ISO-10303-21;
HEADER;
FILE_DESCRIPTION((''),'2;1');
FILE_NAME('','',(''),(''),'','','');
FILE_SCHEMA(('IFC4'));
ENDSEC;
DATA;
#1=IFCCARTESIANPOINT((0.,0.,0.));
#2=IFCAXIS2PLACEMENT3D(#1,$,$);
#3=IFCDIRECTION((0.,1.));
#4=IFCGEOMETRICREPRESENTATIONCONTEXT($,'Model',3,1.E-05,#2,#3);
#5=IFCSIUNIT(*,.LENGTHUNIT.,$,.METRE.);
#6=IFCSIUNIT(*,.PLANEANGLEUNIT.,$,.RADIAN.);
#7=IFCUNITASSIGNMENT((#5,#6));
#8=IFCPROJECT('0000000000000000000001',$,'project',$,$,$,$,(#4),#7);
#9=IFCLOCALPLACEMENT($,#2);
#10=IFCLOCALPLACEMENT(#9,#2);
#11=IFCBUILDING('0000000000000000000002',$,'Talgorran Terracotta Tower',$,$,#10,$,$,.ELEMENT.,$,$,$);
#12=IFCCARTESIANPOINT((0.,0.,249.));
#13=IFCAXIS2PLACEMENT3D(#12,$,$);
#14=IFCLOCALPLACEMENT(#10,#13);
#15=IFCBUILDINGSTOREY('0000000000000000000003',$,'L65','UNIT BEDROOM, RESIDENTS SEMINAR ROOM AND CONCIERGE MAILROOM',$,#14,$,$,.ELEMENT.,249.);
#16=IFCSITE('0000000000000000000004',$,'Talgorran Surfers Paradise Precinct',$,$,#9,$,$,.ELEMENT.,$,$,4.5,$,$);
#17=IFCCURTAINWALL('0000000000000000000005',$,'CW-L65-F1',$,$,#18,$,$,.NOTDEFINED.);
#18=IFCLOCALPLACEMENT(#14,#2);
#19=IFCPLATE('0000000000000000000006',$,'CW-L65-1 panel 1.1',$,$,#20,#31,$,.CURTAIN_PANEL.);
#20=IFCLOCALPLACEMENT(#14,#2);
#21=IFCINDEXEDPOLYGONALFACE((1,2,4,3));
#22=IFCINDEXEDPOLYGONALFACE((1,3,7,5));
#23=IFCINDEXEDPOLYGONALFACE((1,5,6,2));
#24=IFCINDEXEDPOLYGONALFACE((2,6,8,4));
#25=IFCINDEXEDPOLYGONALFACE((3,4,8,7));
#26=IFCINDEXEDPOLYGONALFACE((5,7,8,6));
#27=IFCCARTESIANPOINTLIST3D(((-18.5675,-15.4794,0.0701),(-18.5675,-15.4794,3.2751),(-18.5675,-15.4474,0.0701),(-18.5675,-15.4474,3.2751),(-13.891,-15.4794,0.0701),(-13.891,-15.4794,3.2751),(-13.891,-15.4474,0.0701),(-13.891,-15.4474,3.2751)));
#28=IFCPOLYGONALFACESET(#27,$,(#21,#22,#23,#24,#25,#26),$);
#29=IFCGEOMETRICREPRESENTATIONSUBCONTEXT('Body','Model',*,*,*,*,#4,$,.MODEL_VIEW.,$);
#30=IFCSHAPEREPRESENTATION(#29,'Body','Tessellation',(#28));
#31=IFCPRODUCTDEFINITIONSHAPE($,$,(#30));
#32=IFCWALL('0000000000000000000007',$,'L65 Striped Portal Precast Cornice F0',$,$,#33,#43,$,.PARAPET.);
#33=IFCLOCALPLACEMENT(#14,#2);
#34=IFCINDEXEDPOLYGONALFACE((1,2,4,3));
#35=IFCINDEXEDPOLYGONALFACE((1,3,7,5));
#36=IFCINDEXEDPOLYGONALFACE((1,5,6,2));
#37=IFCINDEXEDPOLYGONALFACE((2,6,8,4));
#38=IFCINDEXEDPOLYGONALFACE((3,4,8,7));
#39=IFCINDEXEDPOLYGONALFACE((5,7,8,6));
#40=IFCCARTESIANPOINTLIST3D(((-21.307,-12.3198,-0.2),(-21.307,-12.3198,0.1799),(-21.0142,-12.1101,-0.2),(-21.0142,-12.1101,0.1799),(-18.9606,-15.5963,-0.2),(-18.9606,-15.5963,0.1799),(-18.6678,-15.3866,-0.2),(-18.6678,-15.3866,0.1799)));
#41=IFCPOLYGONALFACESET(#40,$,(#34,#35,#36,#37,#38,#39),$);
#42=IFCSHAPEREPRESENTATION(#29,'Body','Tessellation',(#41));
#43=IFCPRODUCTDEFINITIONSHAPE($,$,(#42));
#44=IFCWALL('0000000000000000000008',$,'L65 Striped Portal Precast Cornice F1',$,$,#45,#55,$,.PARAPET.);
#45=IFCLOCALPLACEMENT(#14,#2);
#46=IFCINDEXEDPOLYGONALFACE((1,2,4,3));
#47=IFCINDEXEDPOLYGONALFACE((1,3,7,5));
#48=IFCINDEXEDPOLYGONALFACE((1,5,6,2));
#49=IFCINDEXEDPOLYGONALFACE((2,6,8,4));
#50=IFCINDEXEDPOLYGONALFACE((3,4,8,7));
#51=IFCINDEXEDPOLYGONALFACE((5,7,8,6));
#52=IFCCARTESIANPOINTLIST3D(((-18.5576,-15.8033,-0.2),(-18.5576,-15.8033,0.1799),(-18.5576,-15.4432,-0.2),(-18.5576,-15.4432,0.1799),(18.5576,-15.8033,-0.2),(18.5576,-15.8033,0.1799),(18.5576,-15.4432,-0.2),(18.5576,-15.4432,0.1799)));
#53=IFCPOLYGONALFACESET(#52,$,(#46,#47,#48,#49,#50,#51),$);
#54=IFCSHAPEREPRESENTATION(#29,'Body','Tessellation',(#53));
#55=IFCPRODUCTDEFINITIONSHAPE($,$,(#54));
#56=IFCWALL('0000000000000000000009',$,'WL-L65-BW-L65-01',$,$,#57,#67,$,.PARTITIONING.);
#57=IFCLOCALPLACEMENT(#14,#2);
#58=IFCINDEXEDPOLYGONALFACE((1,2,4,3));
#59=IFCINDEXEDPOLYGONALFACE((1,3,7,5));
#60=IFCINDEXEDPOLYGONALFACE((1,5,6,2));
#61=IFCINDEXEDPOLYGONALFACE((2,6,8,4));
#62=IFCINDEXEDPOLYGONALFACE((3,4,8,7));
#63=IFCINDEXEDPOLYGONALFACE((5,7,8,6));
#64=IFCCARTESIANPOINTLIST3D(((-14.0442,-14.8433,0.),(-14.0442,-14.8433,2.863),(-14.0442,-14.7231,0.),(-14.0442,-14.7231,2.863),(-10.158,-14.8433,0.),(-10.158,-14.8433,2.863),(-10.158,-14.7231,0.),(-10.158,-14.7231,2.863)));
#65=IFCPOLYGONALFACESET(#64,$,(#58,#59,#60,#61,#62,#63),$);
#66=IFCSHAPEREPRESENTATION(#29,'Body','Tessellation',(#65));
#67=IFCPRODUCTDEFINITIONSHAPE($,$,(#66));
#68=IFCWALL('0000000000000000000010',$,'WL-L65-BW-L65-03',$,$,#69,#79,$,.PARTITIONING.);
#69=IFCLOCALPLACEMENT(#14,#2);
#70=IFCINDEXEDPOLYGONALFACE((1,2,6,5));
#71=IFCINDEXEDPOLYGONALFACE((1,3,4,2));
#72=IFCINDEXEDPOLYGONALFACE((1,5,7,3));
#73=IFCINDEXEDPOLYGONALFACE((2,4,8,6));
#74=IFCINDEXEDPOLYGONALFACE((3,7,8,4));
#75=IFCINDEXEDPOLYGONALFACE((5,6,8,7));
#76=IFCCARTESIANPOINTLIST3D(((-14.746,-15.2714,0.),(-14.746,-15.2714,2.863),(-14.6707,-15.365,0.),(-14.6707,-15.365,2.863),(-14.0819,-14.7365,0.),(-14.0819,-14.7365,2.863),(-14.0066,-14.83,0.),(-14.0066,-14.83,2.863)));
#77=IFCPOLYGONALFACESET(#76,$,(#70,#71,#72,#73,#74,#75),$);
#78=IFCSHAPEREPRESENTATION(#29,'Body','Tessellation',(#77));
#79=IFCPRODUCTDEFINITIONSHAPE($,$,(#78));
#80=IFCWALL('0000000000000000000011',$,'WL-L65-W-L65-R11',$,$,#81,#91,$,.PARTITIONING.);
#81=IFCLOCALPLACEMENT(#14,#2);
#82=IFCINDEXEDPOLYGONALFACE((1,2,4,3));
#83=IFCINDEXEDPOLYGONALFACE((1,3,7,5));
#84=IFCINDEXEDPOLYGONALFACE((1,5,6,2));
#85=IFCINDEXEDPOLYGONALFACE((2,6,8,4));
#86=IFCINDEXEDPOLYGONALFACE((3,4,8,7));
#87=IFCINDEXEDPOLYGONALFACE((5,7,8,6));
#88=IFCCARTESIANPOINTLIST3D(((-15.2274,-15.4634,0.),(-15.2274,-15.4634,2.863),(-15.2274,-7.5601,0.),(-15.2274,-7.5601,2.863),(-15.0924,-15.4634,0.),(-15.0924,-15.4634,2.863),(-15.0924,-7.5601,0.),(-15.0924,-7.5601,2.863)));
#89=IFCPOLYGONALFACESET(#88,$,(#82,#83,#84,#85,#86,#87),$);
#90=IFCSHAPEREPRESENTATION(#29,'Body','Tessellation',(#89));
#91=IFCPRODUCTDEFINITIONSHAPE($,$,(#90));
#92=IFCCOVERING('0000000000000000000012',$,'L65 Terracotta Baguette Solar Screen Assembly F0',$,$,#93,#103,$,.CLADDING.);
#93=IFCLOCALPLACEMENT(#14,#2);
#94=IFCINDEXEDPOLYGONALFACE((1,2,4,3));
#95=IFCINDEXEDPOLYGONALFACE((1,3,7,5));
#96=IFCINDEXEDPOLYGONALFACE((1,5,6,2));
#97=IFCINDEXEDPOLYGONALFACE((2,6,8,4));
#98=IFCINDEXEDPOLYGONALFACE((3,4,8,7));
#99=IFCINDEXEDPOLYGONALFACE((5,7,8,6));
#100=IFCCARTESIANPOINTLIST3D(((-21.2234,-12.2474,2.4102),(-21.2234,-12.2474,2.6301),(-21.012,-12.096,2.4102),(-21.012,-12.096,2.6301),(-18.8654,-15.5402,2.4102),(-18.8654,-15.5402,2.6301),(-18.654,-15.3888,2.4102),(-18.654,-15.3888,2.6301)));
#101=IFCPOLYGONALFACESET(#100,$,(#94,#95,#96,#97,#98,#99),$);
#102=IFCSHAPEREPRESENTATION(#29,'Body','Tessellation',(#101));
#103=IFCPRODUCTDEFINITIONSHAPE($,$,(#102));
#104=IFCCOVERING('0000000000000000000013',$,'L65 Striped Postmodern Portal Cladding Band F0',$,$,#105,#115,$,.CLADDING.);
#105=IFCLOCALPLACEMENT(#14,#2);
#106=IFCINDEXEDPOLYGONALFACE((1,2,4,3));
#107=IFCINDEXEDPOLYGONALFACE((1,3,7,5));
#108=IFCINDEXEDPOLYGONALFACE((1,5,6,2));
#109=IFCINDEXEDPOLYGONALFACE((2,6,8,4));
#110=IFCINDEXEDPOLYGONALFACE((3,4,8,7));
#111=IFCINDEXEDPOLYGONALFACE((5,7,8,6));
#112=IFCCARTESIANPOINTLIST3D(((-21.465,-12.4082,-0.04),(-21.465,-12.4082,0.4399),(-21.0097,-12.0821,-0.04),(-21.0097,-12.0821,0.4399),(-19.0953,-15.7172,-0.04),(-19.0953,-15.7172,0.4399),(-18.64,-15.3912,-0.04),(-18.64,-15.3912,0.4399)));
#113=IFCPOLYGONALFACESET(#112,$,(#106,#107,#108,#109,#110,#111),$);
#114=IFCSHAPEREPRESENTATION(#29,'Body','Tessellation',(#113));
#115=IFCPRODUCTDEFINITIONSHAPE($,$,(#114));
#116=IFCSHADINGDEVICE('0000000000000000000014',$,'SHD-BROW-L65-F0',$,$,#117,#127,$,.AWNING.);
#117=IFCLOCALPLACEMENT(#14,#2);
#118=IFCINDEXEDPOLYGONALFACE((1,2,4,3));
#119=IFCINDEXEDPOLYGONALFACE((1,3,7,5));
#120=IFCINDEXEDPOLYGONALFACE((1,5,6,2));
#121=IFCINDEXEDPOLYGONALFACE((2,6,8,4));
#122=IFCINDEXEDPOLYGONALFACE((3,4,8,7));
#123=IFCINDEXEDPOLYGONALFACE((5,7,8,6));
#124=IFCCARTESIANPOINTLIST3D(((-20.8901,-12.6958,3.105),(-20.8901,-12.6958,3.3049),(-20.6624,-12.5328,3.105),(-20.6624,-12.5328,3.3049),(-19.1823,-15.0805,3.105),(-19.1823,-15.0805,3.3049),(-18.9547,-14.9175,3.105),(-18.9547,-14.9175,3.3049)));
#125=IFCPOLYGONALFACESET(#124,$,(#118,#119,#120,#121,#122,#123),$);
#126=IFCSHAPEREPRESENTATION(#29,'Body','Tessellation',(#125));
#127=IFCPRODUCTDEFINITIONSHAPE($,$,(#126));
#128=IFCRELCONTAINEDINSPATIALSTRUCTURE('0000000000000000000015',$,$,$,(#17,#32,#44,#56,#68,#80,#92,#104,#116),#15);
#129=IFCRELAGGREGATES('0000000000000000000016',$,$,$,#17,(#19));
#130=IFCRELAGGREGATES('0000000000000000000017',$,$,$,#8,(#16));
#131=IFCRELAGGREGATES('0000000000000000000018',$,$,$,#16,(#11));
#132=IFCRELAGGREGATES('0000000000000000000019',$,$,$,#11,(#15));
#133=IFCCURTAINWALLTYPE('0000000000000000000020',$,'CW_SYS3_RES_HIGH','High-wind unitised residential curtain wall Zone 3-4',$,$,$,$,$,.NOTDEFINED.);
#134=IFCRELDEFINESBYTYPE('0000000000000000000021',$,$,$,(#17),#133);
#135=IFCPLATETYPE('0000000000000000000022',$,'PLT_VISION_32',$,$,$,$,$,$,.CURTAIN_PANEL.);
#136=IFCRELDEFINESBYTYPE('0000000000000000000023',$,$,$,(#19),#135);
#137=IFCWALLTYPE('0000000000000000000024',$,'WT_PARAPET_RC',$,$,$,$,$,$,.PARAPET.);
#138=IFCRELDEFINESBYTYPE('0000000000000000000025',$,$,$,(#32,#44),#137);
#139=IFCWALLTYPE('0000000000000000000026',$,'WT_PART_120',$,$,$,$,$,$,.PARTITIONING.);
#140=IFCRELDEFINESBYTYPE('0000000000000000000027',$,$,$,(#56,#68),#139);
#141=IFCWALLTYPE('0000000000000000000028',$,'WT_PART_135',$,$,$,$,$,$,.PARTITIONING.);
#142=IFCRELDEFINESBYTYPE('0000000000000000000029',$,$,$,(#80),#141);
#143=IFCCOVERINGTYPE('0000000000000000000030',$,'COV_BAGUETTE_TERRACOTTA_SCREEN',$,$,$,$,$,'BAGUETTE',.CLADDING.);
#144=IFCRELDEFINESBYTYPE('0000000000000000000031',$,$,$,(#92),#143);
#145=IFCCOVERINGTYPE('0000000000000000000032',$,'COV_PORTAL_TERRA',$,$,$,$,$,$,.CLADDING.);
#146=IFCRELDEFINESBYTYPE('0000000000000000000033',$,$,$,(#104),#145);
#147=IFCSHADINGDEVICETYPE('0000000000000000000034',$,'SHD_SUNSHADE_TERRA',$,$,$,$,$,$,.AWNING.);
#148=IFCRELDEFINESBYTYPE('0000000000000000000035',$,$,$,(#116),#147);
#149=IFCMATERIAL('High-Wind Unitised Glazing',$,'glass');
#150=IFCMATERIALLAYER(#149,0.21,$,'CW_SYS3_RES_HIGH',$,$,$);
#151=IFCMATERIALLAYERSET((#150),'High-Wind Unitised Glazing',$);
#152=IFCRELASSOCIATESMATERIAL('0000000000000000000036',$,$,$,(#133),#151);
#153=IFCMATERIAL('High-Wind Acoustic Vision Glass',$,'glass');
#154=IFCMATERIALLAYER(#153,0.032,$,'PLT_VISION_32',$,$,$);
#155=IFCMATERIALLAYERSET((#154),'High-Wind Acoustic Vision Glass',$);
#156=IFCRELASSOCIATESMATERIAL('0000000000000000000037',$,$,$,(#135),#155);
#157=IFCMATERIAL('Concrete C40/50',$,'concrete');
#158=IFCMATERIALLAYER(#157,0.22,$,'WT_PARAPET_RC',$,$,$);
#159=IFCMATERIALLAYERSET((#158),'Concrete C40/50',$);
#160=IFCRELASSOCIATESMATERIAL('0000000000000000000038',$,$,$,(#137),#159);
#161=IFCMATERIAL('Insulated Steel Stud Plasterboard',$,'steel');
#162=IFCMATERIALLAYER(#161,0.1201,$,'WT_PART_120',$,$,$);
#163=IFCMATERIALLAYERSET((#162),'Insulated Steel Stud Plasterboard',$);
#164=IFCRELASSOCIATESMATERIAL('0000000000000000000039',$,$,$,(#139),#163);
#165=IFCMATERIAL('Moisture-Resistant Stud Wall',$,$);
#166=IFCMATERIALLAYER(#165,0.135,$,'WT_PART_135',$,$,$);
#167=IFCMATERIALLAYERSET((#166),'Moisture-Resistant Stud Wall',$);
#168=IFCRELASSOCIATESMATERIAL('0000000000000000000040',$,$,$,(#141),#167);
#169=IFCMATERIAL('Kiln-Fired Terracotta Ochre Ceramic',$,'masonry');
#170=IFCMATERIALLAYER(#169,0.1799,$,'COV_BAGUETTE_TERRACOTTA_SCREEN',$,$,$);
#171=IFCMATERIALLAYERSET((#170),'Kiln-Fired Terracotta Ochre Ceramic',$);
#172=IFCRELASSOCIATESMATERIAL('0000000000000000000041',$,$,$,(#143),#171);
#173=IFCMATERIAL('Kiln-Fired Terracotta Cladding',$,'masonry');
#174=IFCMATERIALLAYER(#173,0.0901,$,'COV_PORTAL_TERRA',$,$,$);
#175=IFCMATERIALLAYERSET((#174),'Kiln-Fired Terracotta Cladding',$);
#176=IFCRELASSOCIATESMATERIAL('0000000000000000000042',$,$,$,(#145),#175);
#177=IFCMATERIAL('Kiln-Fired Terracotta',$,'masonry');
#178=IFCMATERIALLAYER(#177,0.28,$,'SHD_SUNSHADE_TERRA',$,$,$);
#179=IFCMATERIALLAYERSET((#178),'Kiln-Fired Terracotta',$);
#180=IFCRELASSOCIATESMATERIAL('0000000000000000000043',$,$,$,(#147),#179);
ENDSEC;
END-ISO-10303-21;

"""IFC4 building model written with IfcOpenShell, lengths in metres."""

from ifc_helpers import new_model, si_unit, direction, frame, frame_2d, origin, origin_2d, place, context, subcontext, project, spatial, rectangle, extrude, source, transform, mapped, material, layer, layer_set, type_object, type_shapes, element, aggregate, save


model = new_model("IFC4")

# Units and contexts
model_context = context("Model", 3, precision=1e-05, world=origin(), true_north=direction((0.0, 1.0)))
body_context = subcontext(model_context, "Body", "Model", "MODEL_VIEW")
ifc_project = project(units=[si_unit("LENGTHUNIT", "METRE"), si_unit("PLANEANGLEUNIT", "RADIAN")], contexts=[model_context])

# Site, building, storey
site_placement = place(None, origin())
site = spatial("IfcSite", under=ifc_project, at=site_placement, Name="Talgorran Surfers Paradise Precinct", CompositionType="ELEMENT", RefElevation=4.5)
building_placement = place(site_placement, origin())
building = spatial("IfcBuilding", under=site, at=building_placement, Name="Talgorran Terracotta Tower", CompositionType="ELEMENT")
storey_placement = place(building_placement, frame((0.0, 0.0, 249.0)))
storey = spatial("IfcBuildingStorey", under=building, at=storey_placement, Name="L65", Description="UNIT BEDROOM, RESIDENTS SEMINAR ROOM AND CONCIERGE MAILROOM", CompositionType="ELEMENT", Elevation=249.0)

# Shared definitions
ifc_material_1 = material(Name="High-Wind Unitised Glazing", Category="glass")
ifc_layer_1 = layer(ifc_material_1, 0.21, Name="CW_SYS3_RES_HIGH")
ifc_layer_set_1 = layer_set([ifc_layer_1], Name="High-Wind Unitised Glazing")
curtain_wall_type = type_object("IfcCurtainWallType", Name="CW_SYS3_RES_HIGH", Description="High-wind unitised residential curtain wall Zone 3-4", PredefinedType="NOTDEFINED", material=ifc_layer_set_1)

# Curtain wall
curtain_wall_1_placement = place(storey_placement, origin())
curtain_wall_1 = element("IfcCurtainWall", 1, at=curtain_wall_1_placement, inside=storey, type_object=curtain_wall_type, Name="CW-L65-F1", PredefinedType="NOTDEFINED")

# Plate
ifc_material_2 = material(Name="High-Wind Acoustic Vision Glass", Category="glass")
ifc_layer_2 = layer(ifc_material_2, 0.032, Name="PLT_VISION_32")
ifc_layer_set_2 = layer_set([ifc_layer_2], Name="High-Wind Acoustic Vision Glass")
plate_type = type_object("IfcPlateType", Name="PLT_VISION_32", PredefinedType="CURTAIN_PANEL", material=ifc_layer_set_2)
shared_shape_1 = source(origin(), body_context, "Body", "SweptSolid", [
    extrude(rectangle(XDim=4.6765, YDim=0.032, at=origin_2d()), origin(), (0.0, 0.0, 1.0), 3.2051),
])
plate_1_placement = place(storey_placement, frame((-16.2292, -15.4634, 0.0701), z_axis=(0.0, 0.0, 1.0), x_axis=(1.0, 0.0, 0.0)))
plate_1 = element("IfcPlate", 2, at=plate_1_placement, type_object=plate_type, Name="CW-L65-1 panel 1.1", PredefinedType="CURTAIN_PANEL", context=body_context, shape_type="MappedRepresentation", body=[
    mapped(shared_shape_1, transform((0.0, 0.0, 0.0), scale=1.0)),
])
aggregate(curtain_wall_1, [plate_1])

# Walls
ifc_material_3 = material(Name="Concrete C40/50", Category="concrete")
ifc_layer_3 = layer(ifc_material_3, 0.22, Name="WT_PARAPET_RC")
ifc_layer_set_3 = layer_set([ifc_layer_3], Name="Concrete C40/50")
wall_type_1 = type_object("IfcWallType", Name="WT_PARAPET_RC", PredefinedType="PARAPET", material=ifc_layer_set_3)
wall_1_placement = place(storey_placement, frame((-21.1606, -12.2148, -0.2), z_axis=(0.0, 0.0, 1.0), x_axis=(0.582223, -0.813029, 0.0)))
element("IfcWall", 3, at=wall_1_placement, inside=storey, type_object=wall_type_1, Name="L65 Striped Portal Precast Cornice F0", PredefinedType="PARAPET", context=body_context, shape_type="SweptSolid", body=[
    extrude(rectangle(XDim=4.03, YDim=0.3601, at=frame_2d((2.0151, 0.0))), origin(), (0.0, 0.0, 1.0), 0.3799),
])
wall_2_placement = place(storey_placement, frame((-18.5576, -15.6233, -0.2), z_axis=(0.0, 0.0, 1.0), x_axis=(1.0, 0.0, 0.0)))
element("IfcWall", 4, at=wall_2_placement, inside=storey, type_object=wall_type_1, Name="L65 Striped Portal Precast Cornice F1", PredefinedType="PARAPET", context=body_context, shape_type="SweptSolid", body=[
    extrude(rectangle(XDim=37.1152, YDim=0.3601, at=frame_2d((18.5576, 0.0))), origin(), (0.0, 0.0, 1.0), 0.3799),
])
ifc_material_4 = material(Name="Insulated Steel Stud Plasterboard", Category="steel")
ifc_layer_4 = layer(ifc_material_4, 0.1201, Name="WT_PART_120")
ifc_layer_set_4 = layer_set([ifc_layer_4], Name="Insulated Steel Stud Plasterboard")
wall_type_2 = type_object("IfcWallType", Name="WT_PART_120", PredefinedType="PARTITIONING", material=ifc_layer_set_4)
wall_3_placement = place(storey_placement, frame((-14.0442, -14.7832, 0.0), z_axis=(0.0, 0.0, 1.0), x_axis=(1.0, 0.0, 0.0)))
element("IfcWall", 5, at=wall_3_placement, inside=storey, type_object=wall_type_2, Name="WL-L65-BW-L65-01", PredefinedType="PARTITIONING", context=body_context, shape_type="SweptSolid", body=[
    extrude(rectangle(XDim=3.8862, YDim=0.1201, at=frame_2d((1.9431, 0.0))), origin(), (0.0, 0.0, 1.0), 2.863),
])
wall_4_placement = place(storey_placement, frame((-14.7083, -15.3181, 0.0), z_axis=(0.0, 0.0, 1.0), x_axis=(0.778769, 0.62731, 0.0)))
element("IfcWall", 6, at=wall_4_placement, inside=storey, type_object=wall_type_2, Name="WL-L65-BW-L65-03", PredefinedType="PARTITIONING", context=body_context, shape_type="SweptSolid", body=[
    extrude(rectangle(XDim=0.8528, YDim=0.1201, at=frame_2d((0.4263, 0.0))), origin(), (0.0, 0.0, 1.0), 2.863),
])
ifc_material_5 = material(Name="Moisture-Resistant Stud Wall")
ifc_layer_5 = layer(ifc_material_5, 0.135, Name="WT_PART_135")
ifc_layer_set_5 = layer_set([ifc_layer_5], Name="Moisture-Resistant Stud Wall")
wall_type_3 = type_object("IfcWallType", Name="WT_PART_135", PredefinedType="PARTITIONING", material=ifc_layer_set_5)
wall_5_placement = place(storey_placement, frame((-15.1599, -15.4634, 0.0), z_axis=(0.0, 0.0, 1.0), x_axis=(0.0, 1.0, 0.0)))
element("IfcWall", 7, at=wall_5_placement, inside=storey, type_object=wall_type_3, Name="WL-L65-W-L65-R11", PredefinedType="PARTITIONING", context=body_context, shape_type="SweptSolid", body=[
    extrude(rectangle(XDim=7.9033, YDim=0.135, at=frame_2d((3.9517, 0.0))), origin(), (0.0, 0.0, 1.0), 2.863),
])

# Coverings
ifc_material_6 = material(Name="Kiln-Fired Terracotta Ochre Ceramic", Category="masonry")
ifc_layer_6 = layer(ifc_material_6, 0.1799, Name="COV_BAGUETTE_TERRACOTTA_SCREEN")
ifc_layer_set_6 = layer_set([ifc_layer_6], Name="Kiln-Fired Terracotta Ochre Ceramic")
covering_type_1 = type_object("IfcCoveringType", Name="COV_BAGUETTE_TERRACOTTA_SCREEN", ElementType="BAGUETTE", PredefinedType="CLADDING", material=ifc_layer_set_6)
covering_1_placement = place(storey_placement, frame((-19.9387, -13.8181, 2.4102), z_axis=(0.0, 0.0, 1.0), x_axis=(0.582222, -0.81303, 0.0)))
element("IfcCovering", 8, at=covering_1_placement, inside=storey, type_object=covering_type_1, Name="L65 Terracotta Baguette Solar Screen Assembly F0", PredefinedType="CLADDING", context=body_context, shape_type="SweptSolid", body=[
    extrude(rectangle(XDim=4.05, YDim=0.26, at=origin_2d()), origin(), (0.0, 0.0, 1.0), 0.22),
])
ifc_material_7 = material(Name="Kiln-Fired Terracotta Cladding", Category="masonry")
ifc_layer_7 = layer(ifc_material_7, 0.0901, Name="COV_PORTAL_TERRA")
ifc_layer_set_7 = layer_set([ifc_layer_7], Name="Kiln-Fired Terracotta Cladding")
covering_type_2 = type_object("IfcCoveringType", Name="COV_PORTAL_TERRA", PredefinedType="CLADDING", material=ifc_layer_set_7)
covering_2_placement = place(storey_placement, frame((-20.0525, -13.8997, -0.04), z_axis=(0.0, 0.0, 1.0), x_axis=(0.582222, -0.81303, 0.0)))
element("IfcCovering", 9, at=covering_2_placement, inside=storey, type_object=covering_type_2, Name="L65 Striped Postmodern Portal Cladding Band F0", PredefinedType="CLADDING", context=body_context, shape_type="SweptSolid", body=[
    extrude(rectangle(XDim=4.0701, YDim=0.5601, at=origin_2d()), origin(), (0.0, 0.0, 1.0), 0.48),
])

# Shading device
ifc_material_8 = material(Name="Kiln-Fired Terracotta", Category="masonry")
ifc_layer_8 = layer(ifc_material_8, 0.28, Name="SHD_SUNSHADE_TERRA")
ifc_layer_set_8 = layer_set([ifc_layer_8], Name="Kiln-Fired Terracotta")
shading_device_type = type_object("IfcShadingDeviceType", Name="SHD_SUNSHADE_TERRA", PredefinedType="AWNING", material=ifc_layer_set_8)
shared_shape_2 = source(origin(), body_context, "Body", "SweptSolid", [
    extrude(rectangle(XDim=2.9331, YDim=0.28, at=origin_2d()), origin(), (0.0, 0.0, 1.0), 0.2),
])
type_shapes(shading_device_type, [shared_shape_2])
shading_device_placement = place(storey_placement, frame((-19.9224, -13.8066, 3.105), z_axis=(0.0, 0.0, 1.0), x_axis=(0.582222, -0.81303, 0.0)))
element("IfcShadingDevice", 10, at=shading_device_placement, inside=storey, type_object=shading_device_type, Name="SHD-BROW-L65-F0", PredefinedType="AWNING", context=body_context, shape_type="MappedRepresentation", body=[
    mapped(shared_shape_2, transform((0.0, 0.0, 0.0), scale=1.0)),
])

save(model, "model.ifc")
